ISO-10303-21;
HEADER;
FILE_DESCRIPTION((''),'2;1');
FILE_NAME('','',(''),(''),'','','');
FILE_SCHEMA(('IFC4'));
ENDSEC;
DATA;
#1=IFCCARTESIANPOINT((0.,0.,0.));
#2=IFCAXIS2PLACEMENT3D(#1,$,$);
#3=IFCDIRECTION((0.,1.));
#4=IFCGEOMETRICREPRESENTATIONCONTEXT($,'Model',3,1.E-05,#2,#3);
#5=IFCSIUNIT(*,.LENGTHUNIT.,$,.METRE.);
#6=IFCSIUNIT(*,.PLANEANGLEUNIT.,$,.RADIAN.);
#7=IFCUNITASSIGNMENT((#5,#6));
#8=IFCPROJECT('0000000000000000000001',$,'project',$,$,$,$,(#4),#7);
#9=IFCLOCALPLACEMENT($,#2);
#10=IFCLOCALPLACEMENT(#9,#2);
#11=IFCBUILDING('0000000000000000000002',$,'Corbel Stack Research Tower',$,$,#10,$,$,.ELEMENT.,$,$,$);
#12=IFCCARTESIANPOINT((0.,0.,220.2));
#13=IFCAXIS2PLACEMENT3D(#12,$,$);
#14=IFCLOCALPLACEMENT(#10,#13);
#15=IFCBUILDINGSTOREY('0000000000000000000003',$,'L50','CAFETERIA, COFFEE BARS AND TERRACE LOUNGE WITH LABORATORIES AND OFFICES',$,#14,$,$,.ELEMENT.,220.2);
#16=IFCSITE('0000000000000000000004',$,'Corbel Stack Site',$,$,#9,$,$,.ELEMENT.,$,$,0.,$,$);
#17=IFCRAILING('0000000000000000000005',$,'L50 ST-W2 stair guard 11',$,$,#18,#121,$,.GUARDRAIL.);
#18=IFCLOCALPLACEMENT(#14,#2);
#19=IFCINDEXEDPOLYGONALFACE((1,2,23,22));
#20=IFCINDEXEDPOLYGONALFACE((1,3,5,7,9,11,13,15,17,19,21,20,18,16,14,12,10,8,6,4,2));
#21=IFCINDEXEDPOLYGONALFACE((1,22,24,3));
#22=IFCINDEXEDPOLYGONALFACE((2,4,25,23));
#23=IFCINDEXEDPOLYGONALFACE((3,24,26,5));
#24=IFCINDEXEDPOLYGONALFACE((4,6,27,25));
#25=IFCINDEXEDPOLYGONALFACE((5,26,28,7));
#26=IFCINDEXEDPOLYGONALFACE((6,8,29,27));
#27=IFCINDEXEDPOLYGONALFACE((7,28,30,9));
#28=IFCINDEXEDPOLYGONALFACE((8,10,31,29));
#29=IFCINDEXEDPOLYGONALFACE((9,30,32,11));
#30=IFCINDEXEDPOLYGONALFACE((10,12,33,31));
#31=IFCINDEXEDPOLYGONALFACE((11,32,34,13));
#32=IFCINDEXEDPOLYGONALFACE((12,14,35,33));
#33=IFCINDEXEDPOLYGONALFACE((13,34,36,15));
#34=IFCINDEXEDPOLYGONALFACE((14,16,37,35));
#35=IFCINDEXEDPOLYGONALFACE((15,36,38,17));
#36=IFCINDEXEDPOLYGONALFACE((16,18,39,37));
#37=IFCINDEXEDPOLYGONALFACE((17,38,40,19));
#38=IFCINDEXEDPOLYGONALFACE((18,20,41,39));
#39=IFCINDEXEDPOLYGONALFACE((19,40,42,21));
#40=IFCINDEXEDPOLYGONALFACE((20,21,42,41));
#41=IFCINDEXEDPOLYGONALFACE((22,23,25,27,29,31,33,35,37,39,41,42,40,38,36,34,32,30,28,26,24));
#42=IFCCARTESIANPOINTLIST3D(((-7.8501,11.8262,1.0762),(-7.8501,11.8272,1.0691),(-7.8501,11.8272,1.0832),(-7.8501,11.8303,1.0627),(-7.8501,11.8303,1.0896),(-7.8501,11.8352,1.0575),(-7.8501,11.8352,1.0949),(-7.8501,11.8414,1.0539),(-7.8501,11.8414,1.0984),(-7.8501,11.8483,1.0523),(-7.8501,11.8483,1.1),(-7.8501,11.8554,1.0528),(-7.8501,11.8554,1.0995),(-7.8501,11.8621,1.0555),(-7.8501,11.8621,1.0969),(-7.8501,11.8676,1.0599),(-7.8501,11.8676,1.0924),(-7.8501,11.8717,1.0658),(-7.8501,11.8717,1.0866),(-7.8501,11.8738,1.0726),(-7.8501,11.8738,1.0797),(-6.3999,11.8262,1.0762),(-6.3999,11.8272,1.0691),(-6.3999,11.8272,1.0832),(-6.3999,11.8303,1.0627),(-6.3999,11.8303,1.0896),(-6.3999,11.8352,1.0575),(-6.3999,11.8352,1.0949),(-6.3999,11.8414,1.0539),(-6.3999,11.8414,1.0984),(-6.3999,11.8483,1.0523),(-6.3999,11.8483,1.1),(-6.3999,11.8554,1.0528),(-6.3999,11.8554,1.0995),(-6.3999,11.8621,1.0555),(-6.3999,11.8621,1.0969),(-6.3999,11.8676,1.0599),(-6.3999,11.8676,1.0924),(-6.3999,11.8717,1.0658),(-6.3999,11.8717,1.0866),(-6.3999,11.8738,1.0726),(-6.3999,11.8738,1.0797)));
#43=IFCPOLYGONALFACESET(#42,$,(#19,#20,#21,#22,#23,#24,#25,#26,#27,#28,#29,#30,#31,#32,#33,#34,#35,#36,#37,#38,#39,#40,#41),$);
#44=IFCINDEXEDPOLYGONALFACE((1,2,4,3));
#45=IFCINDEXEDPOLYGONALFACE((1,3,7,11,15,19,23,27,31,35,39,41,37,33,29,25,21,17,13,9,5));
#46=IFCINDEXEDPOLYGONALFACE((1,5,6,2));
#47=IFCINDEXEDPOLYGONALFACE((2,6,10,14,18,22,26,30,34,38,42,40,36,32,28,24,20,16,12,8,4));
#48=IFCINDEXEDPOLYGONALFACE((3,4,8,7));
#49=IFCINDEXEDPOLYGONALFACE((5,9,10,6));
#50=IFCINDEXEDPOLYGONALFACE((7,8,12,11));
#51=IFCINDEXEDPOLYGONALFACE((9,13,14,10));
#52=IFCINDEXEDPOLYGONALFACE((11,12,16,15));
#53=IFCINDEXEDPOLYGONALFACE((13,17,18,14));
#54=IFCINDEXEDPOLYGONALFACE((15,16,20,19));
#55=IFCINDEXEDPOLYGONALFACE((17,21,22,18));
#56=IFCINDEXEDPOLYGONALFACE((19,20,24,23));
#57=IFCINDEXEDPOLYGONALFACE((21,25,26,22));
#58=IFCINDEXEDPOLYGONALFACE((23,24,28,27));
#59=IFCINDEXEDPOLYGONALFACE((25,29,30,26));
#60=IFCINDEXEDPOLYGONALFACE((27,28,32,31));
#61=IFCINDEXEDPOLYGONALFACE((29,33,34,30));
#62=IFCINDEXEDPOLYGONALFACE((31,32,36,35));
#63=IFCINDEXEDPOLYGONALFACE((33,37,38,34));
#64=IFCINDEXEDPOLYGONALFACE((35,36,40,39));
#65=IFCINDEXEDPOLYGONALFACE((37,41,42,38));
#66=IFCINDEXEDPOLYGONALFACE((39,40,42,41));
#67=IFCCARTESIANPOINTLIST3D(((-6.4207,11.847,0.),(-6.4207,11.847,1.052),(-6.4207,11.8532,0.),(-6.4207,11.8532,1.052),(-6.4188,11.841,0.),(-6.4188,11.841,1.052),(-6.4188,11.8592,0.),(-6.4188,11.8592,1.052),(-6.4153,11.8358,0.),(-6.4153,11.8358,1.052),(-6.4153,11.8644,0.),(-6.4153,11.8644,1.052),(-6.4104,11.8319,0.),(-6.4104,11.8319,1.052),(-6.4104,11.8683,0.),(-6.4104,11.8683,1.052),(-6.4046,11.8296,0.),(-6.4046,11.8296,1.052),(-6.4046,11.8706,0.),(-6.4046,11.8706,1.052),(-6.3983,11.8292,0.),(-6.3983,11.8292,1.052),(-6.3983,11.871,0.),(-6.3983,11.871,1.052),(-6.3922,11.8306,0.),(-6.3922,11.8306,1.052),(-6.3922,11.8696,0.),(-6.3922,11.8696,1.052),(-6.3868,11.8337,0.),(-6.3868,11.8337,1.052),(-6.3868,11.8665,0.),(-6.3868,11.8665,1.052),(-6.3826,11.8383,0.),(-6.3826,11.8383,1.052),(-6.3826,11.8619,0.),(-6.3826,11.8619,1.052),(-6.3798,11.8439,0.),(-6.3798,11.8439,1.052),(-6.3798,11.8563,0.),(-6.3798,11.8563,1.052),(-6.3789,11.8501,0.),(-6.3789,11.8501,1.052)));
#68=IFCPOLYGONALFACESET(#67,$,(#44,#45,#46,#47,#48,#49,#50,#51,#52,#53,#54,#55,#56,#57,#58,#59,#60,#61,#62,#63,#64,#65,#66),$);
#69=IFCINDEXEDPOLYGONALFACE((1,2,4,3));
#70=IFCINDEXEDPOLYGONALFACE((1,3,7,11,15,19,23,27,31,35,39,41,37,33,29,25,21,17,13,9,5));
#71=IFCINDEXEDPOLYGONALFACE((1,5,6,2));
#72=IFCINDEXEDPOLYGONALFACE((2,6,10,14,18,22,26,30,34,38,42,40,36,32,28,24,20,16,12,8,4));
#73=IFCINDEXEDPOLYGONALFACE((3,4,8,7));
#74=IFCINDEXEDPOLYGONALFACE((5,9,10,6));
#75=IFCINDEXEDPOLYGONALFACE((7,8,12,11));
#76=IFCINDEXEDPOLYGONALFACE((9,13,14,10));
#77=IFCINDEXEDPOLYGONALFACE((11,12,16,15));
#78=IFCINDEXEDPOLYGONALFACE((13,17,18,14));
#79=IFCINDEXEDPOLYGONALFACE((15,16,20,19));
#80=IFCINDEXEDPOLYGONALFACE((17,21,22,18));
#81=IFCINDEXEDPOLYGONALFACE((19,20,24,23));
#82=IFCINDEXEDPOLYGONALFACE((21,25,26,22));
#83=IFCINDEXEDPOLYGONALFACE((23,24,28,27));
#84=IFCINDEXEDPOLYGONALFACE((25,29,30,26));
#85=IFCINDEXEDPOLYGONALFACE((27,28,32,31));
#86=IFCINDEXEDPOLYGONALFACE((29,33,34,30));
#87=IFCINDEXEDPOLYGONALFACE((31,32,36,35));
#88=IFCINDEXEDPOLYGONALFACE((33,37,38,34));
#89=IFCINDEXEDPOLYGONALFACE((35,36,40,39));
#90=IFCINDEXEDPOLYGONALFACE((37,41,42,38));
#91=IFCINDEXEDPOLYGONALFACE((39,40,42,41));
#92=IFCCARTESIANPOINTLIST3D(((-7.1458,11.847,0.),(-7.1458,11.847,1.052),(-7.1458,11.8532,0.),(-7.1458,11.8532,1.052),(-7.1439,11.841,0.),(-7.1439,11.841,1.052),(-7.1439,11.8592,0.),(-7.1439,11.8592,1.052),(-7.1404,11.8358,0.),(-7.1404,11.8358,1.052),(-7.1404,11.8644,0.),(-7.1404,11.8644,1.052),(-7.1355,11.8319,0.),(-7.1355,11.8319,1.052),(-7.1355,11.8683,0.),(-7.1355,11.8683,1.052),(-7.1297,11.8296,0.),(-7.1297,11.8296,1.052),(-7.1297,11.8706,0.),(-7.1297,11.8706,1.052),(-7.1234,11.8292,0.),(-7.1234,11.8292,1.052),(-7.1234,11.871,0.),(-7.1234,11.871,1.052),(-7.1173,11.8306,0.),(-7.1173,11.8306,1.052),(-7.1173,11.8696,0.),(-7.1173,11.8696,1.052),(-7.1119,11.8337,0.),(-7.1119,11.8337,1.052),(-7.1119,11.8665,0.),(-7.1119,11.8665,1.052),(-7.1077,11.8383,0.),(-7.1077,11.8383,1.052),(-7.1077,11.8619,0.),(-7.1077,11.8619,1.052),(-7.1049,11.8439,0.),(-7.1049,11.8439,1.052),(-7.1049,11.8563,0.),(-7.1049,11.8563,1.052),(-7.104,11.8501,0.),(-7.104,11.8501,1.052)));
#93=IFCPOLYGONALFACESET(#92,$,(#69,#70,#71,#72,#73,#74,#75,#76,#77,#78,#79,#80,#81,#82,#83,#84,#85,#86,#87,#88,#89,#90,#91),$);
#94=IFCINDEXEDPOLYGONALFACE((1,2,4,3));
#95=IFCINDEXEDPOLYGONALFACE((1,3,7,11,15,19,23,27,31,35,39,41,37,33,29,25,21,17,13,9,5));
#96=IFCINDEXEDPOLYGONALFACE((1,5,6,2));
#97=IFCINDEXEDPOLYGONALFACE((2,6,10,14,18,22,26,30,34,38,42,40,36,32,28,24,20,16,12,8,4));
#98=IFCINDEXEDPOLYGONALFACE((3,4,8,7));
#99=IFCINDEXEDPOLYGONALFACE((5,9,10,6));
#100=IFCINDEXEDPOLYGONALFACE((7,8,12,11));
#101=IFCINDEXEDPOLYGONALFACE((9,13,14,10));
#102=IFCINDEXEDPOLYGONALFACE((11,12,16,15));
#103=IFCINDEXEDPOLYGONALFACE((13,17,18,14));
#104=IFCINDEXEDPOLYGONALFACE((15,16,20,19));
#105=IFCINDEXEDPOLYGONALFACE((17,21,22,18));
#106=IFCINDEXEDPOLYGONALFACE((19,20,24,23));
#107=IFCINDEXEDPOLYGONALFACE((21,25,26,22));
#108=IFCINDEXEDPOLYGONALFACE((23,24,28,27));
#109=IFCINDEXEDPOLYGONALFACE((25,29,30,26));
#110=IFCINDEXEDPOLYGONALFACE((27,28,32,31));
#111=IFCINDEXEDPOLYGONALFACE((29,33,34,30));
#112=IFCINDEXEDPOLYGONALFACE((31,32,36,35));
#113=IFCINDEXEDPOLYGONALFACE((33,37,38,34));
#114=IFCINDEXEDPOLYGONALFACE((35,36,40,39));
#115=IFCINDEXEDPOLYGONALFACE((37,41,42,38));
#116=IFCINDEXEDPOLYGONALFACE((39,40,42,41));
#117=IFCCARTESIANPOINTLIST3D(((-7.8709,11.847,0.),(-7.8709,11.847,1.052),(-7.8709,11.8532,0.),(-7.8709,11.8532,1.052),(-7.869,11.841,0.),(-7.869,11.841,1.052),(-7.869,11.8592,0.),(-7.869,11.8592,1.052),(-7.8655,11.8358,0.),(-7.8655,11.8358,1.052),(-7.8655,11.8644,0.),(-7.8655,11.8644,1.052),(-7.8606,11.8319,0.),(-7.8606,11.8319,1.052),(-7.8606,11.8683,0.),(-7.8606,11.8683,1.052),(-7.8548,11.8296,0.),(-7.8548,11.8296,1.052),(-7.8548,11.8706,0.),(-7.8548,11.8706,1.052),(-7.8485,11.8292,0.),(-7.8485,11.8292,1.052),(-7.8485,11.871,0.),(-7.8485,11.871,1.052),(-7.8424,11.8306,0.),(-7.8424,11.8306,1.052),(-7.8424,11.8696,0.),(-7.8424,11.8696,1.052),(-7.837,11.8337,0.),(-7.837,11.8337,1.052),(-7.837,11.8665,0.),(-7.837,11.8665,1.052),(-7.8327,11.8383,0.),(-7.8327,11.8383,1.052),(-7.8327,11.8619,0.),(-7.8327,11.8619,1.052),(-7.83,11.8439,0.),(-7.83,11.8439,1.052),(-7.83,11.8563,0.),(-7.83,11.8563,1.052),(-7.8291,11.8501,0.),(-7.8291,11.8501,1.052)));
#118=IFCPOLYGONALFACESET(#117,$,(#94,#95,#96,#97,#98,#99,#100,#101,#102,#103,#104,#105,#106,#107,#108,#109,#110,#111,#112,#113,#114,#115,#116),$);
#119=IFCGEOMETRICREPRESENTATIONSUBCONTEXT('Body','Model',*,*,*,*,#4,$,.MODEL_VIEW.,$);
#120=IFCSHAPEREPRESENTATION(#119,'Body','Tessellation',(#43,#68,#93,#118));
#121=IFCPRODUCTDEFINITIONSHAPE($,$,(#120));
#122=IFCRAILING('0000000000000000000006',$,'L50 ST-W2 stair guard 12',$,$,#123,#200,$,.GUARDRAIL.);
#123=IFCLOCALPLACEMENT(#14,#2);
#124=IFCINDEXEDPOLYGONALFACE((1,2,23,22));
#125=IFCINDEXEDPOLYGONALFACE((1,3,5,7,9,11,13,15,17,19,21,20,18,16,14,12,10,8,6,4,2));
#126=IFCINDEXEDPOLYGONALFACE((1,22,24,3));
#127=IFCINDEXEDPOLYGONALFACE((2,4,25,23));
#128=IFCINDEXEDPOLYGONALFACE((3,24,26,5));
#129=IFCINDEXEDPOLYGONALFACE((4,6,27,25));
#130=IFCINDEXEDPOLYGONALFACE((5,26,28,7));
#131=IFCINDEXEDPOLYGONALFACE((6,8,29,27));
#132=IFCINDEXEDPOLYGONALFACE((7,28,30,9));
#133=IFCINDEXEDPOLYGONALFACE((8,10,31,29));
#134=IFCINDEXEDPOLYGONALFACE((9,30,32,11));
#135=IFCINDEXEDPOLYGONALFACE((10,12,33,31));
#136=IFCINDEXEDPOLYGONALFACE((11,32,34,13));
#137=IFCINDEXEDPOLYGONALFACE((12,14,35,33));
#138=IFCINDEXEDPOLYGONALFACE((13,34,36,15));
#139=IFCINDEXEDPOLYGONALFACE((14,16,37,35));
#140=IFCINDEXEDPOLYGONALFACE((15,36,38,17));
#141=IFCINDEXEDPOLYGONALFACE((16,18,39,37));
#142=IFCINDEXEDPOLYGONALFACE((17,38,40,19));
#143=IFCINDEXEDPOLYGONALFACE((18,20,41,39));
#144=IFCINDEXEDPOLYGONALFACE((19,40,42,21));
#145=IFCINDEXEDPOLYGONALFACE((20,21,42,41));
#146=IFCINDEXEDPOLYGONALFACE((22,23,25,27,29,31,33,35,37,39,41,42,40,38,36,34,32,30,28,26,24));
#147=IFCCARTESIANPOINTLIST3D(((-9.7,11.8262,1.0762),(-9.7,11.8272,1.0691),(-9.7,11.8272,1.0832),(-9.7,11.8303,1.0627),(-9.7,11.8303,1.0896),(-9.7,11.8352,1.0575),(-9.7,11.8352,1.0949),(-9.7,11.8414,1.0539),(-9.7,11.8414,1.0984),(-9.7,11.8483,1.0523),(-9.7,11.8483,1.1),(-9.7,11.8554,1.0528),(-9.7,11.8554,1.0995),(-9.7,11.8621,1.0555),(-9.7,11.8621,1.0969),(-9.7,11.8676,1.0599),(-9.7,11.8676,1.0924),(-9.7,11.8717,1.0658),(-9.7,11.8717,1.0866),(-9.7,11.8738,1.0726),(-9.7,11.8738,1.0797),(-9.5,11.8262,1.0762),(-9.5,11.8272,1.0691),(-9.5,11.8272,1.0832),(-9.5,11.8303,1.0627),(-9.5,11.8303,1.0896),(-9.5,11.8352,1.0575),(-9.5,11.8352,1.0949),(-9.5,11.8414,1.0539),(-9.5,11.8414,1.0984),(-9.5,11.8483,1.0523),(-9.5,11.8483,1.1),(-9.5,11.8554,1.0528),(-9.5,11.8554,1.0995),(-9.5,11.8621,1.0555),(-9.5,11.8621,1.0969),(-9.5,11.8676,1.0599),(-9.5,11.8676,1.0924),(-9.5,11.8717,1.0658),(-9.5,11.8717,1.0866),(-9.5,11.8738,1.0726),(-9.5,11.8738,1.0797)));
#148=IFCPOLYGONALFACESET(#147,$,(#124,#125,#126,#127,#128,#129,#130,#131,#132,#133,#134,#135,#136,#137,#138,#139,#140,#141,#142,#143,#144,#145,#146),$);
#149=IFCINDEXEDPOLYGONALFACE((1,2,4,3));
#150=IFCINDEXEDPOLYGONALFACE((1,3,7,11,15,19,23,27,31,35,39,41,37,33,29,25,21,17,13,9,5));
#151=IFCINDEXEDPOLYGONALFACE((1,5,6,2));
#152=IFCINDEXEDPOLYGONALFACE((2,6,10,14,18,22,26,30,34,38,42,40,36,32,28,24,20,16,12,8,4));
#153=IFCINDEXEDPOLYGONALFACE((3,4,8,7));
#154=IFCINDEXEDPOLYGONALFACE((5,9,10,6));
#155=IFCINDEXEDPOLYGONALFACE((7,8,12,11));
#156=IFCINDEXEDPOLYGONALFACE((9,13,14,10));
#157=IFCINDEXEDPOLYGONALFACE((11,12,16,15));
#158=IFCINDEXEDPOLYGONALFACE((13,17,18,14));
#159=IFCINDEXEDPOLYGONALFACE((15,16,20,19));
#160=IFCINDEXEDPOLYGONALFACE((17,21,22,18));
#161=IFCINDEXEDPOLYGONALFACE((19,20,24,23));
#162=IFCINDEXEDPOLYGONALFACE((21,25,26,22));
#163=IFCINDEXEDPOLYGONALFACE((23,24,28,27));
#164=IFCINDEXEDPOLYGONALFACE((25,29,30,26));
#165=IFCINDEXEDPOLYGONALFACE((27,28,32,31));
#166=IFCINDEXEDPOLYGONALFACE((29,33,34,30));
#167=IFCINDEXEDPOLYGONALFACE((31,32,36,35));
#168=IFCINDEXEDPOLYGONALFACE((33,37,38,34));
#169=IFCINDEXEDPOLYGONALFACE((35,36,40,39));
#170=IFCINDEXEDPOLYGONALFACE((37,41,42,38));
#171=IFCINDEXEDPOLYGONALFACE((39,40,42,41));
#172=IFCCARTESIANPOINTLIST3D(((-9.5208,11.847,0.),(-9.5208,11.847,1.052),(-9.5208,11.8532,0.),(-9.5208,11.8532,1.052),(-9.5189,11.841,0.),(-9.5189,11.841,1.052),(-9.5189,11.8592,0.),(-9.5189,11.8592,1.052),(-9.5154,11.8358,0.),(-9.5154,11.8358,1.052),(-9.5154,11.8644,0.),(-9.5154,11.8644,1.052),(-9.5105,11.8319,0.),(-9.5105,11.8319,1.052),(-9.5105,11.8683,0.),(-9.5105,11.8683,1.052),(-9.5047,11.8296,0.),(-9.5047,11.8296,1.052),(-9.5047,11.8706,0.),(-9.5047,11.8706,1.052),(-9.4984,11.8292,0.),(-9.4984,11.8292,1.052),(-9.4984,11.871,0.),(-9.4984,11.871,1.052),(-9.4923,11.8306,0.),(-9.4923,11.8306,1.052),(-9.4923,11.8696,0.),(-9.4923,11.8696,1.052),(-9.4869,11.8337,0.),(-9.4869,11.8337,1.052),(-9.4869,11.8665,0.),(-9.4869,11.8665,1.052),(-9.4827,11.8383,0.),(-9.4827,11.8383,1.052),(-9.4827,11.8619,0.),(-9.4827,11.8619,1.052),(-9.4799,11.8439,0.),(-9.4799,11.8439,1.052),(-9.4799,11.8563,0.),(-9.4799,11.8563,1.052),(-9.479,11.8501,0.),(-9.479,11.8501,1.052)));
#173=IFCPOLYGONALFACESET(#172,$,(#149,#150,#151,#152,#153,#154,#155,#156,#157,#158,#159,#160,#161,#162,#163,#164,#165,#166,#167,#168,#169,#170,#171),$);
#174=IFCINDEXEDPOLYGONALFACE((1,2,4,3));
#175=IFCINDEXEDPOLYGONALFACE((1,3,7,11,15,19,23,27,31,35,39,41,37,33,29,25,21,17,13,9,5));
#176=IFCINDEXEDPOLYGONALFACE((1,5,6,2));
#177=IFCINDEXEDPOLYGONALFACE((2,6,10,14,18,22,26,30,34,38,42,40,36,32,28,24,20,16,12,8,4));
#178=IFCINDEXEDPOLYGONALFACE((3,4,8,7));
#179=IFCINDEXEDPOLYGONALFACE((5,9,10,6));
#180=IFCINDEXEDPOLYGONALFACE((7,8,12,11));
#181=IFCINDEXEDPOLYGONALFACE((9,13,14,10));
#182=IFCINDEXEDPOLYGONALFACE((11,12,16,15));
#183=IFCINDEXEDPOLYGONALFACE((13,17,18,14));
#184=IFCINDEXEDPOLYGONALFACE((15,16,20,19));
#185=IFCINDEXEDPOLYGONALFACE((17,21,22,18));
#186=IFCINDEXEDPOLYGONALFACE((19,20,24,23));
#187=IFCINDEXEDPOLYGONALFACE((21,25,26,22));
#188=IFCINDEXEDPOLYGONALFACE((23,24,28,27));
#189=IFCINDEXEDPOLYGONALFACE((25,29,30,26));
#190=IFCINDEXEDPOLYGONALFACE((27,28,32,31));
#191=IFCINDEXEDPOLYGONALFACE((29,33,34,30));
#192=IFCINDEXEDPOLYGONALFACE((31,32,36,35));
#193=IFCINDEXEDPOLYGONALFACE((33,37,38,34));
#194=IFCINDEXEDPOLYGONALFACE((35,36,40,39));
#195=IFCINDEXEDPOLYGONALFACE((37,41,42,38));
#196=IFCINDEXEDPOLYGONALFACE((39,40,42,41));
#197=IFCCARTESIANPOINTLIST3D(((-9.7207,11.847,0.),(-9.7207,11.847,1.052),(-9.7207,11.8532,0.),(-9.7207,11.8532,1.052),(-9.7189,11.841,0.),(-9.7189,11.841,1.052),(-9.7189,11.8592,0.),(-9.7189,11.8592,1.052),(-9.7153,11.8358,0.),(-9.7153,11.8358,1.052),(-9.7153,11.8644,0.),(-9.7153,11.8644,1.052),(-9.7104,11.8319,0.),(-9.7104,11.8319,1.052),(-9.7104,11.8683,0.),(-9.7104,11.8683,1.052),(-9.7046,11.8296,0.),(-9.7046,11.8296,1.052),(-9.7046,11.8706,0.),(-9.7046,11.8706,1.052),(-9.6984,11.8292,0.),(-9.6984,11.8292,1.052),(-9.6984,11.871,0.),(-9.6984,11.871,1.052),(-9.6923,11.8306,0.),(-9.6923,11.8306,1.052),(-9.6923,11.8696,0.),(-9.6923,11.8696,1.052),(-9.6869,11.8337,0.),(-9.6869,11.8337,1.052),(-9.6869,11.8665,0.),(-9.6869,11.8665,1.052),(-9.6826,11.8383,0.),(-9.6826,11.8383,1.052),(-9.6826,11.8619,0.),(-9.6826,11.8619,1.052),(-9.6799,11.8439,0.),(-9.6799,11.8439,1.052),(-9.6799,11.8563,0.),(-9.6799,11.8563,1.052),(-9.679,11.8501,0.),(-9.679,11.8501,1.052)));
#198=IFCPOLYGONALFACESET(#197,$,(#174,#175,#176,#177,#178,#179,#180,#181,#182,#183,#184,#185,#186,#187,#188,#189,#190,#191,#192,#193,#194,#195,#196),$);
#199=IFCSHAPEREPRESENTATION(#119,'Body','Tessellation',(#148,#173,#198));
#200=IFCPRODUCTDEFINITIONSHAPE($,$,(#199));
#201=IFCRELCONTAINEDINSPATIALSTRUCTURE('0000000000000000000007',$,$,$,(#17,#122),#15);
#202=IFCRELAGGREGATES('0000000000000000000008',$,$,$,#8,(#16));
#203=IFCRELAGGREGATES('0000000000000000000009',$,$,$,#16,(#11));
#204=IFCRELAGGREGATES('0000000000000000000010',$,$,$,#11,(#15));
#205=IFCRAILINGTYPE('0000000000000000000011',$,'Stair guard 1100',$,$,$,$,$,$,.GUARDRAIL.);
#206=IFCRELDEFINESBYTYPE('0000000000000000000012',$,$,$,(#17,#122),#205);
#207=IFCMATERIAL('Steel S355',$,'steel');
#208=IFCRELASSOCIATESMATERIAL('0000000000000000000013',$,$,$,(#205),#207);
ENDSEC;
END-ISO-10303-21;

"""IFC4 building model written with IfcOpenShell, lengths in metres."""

from ifc_helpers import new_model, si_unit, direction, frame, origin, origin_2d, place, context, subcontext, project, spatial, circle, extrude, material, type_object, element, save


model = new_model("IFC4")

# Units and contexts
model_context = context("Model", 3, precision=1e-05, world=origin(), true_north=direction((0.0, 1.0)))
body_context = subcontext(model_context, "Body", "Model", "MODEL_VIEW")
ifc_project = project(units=[si_unit("LENGTHUNIT", "METRE"), si_unit("PLANEANGLEUNIT", "RADIAN")], contexts=[model_context])

# Site, building, storey
site_placement = place(None, origin())
site = spatial("IfcSite", under=ifc_project, at=site_placement, Name="Corbel Stack Site", CompositionType="ELEMENT", RefElevation=0.0)
building_placement = place(site_placement, origin())
building = spatial("IfcBuilding", under=site, at=building_placement, Name="Corbel Stack Research Tower", CompositionType="ELEMENT")
storey_placement = place(building_placement, frame((0.0, 0.0, 220.2)))
storey = spatial("IfcBuildingStorey", under=building, at=storey_placement, Name="L50", Description="CAFETERIA, COFFEE BARS AND TERRACE LOUNGE WITH LABORATORIES AND OFFICES", CompositionType="ELEMENT", Elevation=220.2)

# Railings
ifc_material_1 = material(Name="Steel S355", Category="steel")
railing_type = type_object("IfcRailingType", Name="Stair guard 1100", PredefinedType="GUARDRAIL", material=ifc_material_1)
railing_1_placement = place(storey_placement, frame((-6.3999, 11.8501, 0.0)))
element("IfcRailing", 1, at=railing_1_placement, inside=storey, type_object=railing_type, Name="L50 ST-W2 stair guard 11", PredefinedType="GUARDRAIL", context=body_context, shape_type="SweptSolid", body=[
    extrude(circle(Radius=0.0239, at=origin_2d()), frame((0.0, 0.0, 1.0762), z_axis=(-1.0, 0.0, 0.0), x_axis=(0.0, -1.0, 0.0)), (0.0, 0.0, 1.0), 1.4502),
    extrude(circle(Radius=0.021, at=origin_2d()), origin(), (0.0, 0.0, 1.0), 1.052),
    extrude(circle(Radius=0.021, at=origin_2d()), frame((-0.7251, 0.0, 0.0)), (0.0, 0.0, 1.0), 1.052),
    extrude(circle(Radius=0.021, at=origin_2d()), frame((-1.4502, 0.0, 0.0)), (0.0, 0.0, 1.0), 1.052),
])
railing_2_placement = place(storey_placement, frame((-9.5, 11.8501, 0.0)))
element("IfcRailing", 2, at=railing_2_placement, inside=storey, type_object=railing_type, Name="L50 ST-W2 stair guard 12", PredefinedType="GUARDRAIL", context=body_context, shape_type="SweptSolid", body=[
    extrude(circle(Radius=0.0239, at=origin_2d()), frame((0.0, 0.0, 1.0762), z_axis=(-1.0, 0.0, 0.0), x_axis=(0.0, -1.0, 0.0)), (0.0, 0.0, 1.0), 0.2),
    extrude(circle(Radius=0.021, at=origin_2d()), origin(), (0.0, 0.0, 1.0), 1.052),
    extrude(circle(Radius=0.021, at=origin_2d()), frame((-0.2, 0.0, 0.0)), (0.0, 0.0, 1.0), 1.052),
])

save(model, "model.ifc")
